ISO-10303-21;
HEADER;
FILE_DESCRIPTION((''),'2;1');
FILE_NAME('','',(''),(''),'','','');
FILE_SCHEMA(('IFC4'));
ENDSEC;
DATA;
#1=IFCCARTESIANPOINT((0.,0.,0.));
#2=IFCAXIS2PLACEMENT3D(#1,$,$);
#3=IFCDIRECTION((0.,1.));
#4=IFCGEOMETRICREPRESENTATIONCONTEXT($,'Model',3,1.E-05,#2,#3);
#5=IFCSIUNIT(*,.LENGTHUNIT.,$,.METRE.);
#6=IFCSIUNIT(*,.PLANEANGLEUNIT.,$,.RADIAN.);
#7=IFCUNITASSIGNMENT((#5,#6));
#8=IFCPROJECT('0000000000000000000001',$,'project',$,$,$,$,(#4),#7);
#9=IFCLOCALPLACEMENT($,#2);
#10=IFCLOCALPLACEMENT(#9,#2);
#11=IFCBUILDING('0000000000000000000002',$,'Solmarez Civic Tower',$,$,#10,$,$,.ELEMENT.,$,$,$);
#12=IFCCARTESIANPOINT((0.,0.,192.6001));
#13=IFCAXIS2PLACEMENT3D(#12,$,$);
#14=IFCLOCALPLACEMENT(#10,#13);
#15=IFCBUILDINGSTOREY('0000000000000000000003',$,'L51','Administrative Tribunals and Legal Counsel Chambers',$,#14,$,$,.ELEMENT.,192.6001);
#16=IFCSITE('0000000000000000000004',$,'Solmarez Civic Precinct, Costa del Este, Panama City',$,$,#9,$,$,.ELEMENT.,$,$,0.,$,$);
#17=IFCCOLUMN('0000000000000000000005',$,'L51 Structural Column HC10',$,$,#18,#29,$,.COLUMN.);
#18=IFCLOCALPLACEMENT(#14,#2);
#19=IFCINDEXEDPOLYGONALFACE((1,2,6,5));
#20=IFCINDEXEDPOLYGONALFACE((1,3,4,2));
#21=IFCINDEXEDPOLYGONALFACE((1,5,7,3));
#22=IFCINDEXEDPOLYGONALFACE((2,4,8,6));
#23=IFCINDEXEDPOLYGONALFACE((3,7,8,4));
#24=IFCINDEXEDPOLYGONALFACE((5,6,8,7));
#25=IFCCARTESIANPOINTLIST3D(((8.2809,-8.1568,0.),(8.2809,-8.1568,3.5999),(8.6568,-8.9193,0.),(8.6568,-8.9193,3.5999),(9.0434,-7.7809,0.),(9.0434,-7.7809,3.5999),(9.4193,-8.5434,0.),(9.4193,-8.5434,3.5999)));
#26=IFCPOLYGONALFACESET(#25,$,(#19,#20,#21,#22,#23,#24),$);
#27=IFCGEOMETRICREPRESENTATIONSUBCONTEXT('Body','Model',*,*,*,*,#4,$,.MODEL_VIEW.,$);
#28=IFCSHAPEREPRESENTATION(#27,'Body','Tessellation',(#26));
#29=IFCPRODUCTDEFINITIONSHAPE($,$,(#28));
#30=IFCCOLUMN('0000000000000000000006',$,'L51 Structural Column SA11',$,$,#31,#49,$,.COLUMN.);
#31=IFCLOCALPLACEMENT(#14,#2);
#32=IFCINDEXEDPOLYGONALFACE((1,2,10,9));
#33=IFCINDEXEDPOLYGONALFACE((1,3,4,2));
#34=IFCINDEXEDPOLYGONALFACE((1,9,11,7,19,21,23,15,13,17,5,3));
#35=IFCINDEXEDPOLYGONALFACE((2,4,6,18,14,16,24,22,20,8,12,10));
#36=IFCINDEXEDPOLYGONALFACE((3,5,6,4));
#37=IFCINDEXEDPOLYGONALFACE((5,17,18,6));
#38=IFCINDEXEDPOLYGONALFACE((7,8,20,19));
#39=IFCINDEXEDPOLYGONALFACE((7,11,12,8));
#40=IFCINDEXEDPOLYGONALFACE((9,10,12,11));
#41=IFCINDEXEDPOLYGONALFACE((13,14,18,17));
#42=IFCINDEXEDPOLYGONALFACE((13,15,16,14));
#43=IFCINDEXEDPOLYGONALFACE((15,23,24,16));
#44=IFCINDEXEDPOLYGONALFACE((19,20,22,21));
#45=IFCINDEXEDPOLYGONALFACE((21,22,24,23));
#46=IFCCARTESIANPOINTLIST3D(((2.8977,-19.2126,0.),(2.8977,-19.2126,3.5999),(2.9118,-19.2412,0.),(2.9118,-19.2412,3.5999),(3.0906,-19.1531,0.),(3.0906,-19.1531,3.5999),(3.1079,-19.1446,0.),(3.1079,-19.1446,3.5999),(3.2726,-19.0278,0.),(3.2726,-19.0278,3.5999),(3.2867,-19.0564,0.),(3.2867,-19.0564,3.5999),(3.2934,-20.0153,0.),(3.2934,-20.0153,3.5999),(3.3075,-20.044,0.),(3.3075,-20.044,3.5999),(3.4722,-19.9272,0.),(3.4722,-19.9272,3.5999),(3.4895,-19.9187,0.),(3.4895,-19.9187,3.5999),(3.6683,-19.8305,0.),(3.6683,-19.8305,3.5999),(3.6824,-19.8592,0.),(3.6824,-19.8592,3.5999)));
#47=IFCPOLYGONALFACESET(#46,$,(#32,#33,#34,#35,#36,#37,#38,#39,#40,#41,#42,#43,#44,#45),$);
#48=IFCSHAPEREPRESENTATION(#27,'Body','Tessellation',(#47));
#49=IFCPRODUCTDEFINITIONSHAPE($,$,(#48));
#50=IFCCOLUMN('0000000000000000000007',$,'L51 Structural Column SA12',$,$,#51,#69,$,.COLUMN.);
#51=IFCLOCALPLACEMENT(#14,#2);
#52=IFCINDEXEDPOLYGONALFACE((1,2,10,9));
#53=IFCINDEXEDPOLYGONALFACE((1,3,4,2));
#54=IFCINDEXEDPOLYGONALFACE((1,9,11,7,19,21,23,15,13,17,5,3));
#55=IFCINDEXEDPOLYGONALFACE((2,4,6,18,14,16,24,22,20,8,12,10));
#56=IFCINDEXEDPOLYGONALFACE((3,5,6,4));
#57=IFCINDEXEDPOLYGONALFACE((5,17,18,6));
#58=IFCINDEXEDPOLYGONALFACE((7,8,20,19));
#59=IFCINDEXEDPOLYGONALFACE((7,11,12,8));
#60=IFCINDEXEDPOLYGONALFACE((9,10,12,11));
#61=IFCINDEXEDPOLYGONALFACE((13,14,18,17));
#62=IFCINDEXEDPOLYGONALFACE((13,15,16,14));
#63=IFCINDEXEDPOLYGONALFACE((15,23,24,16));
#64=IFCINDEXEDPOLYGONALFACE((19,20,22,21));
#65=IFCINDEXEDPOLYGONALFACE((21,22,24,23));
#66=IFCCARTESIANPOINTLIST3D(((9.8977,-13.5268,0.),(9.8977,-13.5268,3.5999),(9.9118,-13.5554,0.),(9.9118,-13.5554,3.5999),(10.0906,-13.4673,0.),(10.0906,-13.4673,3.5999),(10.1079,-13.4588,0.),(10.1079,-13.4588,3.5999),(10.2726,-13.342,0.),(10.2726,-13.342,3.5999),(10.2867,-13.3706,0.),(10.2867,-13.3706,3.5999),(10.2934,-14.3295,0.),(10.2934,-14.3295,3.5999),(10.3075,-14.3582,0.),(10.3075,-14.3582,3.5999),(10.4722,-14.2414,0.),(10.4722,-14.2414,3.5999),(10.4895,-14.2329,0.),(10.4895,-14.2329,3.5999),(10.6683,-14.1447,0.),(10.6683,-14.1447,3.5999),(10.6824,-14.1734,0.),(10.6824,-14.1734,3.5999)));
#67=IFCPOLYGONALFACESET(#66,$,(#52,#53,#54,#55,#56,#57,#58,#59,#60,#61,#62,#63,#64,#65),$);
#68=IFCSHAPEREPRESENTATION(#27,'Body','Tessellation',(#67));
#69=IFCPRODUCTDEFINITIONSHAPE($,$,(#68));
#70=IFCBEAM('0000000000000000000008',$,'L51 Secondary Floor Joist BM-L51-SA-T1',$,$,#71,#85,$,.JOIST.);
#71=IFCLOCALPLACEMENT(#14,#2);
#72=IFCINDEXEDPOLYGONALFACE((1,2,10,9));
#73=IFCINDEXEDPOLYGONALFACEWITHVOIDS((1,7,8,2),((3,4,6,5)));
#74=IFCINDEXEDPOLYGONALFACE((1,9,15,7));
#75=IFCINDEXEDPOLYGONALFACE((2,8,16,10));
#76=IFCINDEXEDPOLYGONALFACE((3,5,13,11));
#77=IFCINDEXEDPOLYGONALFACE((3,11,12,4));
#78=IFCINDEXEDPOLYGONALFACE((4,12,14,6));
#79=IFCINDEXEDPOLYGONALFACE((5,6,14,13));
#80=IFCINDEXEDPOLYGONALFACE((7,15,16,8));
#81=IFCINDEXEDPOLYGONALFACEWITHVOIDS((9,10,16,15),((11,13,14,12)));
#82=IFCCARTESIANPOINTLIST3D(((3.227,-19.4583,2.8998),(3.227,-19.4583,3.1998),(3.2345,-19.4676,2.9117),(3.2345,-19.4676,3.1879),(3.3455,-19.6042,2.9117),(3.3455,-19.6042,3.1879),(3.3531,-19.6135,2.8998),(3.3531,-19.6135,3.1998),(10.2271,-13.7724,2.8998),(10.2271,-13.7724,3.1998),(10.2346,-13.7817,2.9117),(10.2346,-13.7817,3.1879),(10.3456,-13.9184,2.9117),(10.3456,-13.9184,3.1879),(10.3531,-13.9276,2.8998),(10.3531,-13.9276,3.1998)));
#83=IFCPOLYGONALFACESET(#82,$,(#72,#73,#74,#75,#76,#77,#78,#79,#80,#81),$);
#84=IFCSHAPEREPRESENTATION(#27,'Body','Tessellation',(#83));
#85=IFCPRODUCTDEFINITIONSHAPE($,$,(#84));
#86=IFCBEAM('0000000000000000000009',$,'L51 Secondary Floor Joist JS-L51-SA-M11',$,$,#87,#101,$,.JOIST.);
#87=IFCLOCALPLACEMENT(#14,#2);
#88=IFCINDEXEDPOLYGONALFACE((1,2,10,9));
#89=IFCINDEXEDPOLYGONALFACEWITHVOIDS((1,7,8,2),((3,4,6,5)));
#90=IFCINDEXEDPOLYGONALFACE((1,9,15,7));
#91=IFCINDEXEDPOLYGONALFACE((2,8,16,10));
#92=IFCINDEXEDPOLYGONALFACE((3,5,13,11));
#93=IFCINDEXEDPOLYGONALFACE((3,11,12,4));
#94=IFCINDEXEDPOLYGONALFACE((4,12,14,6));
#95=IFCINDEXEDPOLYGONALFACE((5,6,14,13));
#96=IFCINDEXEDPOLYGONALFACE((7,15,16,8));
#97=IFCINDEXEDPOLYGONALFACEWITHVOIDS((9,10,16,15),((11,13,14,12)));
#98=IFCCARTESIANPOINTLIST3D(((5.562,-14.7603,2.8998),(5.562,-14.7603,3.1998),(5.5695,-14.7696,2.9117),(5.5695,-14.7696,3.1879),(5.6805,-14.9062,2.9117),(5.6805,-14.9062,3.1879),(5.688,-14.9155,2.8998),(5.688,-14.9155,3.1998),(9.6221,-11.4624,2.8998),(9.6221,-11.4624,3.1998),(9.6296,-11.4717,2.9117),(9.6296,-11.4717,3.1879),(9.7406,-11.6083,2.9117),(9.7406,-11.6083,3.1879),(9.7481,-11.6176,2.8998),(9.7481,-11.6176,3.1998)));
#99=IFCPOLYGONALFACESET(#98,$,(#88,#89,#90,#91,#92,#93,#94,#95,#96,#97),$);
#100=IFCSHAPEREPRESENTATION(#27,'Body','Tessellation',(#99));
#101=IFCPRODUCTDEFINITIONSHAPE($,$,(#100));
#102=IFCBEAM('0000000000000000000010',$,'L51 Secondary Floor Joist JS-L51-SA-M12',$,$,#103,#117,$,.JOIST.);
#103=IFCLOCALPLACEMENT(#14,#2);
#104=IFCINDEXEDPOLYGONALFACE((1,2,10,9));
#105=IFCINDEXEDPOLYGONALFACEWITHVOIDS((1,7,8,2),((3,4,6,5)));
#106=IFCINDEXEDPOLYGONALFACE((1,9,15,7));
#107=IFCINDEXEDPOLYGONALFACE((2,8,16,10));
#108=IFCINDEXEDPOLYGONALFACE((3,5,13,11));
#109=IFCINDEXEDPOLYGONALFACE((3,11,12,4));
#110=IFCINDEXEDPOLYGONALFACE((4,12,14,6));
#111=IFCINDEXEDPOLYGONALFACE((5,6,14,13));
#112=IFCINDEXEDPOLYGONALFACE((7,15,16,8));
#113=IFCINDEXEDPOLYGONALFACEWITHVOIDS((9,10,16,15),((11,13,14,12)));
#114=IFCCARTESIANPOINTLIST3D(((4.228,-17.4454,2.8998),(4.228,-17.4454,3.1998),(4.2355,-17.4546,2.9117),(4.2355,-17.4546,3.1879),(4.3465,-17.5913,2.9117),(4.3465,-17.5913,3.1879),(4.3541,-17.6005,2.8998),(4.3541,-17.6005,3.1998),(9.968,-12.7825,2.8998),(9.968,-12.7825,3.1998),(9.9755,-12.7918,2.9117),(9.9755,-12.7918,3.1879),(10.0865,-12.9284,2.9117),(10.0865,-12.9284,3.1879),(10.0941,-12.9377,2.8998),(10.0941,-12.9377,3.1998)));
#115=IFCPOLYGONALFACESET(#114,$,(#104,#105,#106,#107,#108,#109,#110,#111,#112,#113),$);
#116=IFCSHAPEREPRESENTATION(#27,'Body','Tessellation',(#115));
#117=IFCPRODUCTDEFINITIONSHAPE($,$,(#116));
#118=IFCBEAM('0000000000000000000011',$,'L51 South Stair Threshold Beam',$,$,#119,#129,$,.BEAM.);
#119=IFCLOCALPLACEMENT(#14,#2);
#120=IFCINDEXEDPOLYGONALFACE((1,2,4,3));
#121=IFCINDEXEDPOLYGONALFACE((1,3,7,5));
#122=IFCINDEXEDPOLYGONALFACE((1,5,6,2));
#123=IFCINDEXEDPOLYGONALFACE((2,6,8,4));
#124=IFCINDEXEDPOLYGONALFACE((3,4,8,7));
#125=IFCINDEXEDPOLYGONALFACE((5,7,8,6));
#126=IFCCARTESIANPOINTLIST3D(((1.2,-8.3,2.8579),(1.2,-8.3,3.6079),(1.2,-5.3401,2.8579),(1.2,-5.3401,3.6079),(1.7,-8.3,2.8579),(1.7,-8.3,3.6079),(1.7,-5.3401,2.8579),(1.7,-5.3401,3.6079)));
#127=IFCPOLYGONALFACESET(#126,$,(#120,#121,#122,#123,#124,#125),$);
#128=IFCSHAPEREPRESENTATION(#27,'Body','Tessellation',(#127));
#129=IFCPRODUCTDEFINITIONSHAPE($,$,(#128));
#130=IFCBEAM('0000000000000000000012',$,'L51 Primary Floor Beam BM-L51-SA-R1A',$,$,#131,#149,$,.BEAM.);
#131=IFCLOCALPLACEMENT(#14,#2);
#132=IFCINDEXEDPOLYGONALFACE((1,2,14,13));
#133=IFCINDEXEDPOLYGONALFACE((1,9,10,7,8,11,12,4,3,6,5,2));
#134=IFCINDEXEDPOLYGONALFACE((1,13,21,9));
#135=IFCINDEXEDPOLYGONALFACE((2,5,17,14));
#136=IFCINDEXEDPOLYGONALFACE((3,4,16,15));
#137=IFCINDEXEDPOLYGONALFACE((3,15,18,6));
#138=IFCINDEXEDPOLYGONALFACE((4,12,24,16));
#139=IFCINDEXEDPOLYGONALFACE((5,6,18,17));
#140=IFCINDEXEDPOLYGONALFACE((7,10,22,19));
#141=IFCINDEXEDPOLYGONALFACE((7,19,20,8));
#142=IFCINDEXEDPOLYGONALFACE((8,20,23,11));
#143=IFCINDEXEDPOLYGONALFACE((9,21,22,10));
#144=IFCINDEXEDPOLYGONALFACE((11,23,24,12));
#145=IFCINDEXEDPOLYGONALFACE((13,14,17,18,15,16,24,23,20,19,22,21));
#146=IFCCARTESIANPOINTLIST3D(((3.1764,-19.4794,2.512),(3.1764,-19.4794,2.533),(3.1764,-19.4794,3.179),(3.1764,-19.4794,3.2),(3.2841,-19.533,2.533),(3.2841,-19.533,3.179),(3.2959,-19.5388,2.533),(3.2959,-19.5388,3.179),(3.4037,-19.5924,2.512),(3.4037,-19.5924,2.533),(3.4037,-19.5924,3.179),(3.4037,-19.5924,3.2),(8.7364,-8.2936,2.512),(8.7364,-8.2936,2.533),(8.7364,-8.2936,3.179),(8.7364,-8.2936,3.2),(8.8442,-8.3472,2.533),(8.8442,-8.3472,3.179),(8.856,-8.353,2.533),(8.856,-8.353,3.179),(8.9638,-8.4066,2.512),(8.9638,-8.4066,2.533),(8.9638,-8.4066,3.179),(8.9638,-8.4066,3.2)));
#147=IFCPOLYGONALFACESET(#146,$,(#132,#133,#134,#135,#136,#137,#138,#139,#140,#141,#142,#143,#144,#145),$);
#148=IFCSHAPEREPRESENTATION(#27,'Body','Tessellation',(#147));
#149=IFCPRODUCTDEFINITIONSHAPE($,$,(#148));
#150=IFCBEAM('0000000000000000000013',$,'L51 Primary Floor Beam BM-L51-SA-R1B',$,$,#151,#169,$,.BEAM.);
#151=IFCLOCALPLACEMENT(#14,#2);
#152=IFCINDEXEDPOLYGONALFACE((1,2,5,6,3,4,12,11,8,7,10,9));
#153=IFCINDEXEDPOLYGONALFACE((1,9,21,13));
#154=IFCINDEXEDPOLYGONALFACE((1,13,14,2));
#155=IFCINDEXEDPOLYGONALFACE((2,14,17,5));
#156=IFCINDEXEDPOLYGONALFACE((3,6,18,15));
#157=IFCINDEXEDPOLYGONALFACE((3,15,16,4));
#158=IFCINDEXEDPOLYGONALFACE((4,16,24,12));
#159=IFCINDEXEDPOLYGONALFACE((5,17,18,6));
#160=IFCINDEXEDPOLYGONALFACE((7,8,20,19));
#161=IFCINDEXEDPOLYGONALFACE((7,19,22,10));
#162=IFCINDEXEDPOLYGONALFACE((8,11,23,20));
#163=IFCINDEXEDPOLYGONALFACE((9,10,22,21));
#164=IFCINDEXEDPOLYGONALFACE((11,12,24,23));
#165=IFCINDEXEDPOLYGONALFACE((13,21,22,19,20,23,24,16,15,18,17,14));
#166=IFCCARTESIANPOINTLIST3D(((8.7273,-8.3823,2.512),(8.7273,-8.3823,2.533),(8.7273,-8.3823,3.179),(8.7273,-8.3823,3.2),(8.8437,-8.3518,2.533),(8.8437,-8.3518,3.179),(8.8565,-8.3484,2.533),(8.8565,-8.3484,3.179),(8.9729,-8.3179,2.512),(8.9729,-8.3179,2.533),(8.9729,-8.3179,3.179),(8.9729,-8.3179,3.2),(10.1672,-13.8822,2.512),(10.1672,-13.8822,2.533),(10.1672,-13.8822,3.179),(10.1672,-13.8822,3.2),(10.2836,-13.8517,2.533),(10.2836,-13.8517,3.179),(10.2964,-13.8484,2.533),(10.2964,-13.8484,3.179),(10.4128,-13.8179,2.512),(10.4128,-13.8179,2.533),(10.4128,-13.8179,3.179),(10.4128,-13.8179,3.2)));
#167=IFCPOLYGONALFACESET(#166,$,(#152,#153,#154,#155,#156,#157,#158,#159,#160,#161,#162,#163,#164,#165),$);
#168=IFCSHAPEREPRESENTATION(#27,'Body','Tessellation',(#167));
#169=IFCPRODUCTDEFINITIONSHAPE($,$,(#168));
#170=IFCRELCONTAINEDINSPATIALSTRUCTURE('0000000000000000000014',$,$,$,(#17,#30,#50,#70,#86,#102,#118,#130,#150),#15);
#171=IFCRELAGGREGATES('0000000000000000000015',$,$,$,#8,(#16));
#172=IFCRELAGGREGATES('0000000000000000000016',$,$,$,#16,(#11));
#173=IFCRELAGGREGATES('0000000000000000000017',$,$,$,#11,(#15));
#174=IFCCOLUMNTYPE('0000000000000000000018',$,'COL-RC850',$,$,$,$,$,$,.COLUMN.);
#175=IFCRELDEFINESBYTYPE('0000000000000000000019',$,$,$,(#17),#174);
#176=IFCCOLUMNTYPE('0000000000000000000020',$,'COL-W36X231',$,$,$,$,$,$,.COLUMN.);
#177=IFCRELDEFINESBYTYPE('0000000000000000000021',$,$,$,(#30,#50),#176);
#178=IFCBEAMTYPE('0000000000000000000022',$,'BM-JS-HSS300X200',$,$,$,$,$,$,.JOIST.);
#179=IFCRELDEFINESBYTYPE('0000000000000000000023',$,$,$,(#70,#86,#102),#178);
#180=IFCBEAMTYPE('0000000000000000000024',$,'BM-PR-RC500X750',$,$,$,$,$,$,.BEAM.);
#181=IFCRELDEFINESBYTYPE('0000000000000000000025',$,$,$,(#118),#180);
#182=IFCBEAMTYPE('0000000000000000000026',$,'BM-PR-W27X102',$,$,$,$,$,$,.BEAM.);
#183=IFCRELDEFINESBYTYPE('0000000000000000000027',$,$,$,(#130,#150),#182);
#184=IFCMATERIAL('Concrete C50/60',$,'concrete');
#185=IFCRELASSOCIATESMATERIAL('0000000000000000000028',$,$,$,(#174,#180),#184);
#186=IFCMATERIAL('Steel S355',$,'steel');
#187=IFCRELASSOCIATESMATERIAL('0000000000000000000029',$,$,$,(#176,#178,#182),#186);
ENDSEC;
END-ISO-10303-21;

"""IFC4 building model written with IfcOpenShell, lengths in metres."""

from ifc_helpers import new_model, si_unit, direction, frame, origin, origin_2d, place, context, subcontext, project, spatial, rectangle, hollow_rectangle, i_section, extrude, material, material_profile, profile_set, type_object, element, save


model = new_model("IFC4")

# Units and contexts
model_context = context("Model", 3, precision=1e-05, world=origin(), true_north=direction((0.0, 1.0)))
body_context = subcontext(model_context, "Body", "Model", "MODEL_VIEW")
ifc_project = project(units=[si_unit("LENGTHUNIT", "METRE"), si_unit("PLANEANGLEUNIT", "RADIAN")], contexts=[model_context])

# Site, building, storey
site_placement = place(None, origin())
site = spatial("IfcSite", under=ifc_project, at=site_placement, Name="Solmarez Civic Precinct, Costa del Este, Panama City", CompositionType="ELEMENT", RefElevation=0.0)
building_placement = place(site_placement, origin())
building = spatial("IfcBuilding", under=site, at=building_placement, Name="Solmarez Civic Tower", CompositionType="ELEMENT")
storey_placement = place(building_placement, frame((0.0, 0.0, 192.6001)))
storey = spatial("IfcBuildingStorey", under=building, at=storey_placement, Name="L51", Description="Administrative Tribunals and Legal Counsel Chambers", CompositionType="ELEMENT", Elevation=192.6001)

# Columns
ifc_material_1 = material(Name="Concrete C50/60", Category="concrete")
ifc_material_profile_1 = material_profile(ifc_material_1, rectangle(XDim=0.8501, YDim=0.8501, at=origin_2d()), Name="RC850X850")
ifc_profile_set_1 = profile_set([ifc_material_profile_1], Name="Concrete C50/60")
column_type_1 = type_object("IfcColumnType", Name="COL-RC850", PredefinedType="COLUMN", material=ifc_profile_set_1)
column_placement = place(storey_placement, frame((8.8501, -8.3501, 0.0), z_axis=(0.0, 0.0, 1.0), x_axis=(0.89695, 0.442132, 0.0)))
element("IfcColumn", 1, at=column_placement, inside=storey, type_object=column_type_1, Name="L51 Structural Column HC10", PredefinedType="COLUMN", context=body_context, shape_type="SweptSolid", body=[
    extrude(rectangle(XDim=0.8501, YDim=0.8501, at=origin_2d()), origin(), (0.0, 0.0, 1.0), 3.5999),
])
ifc_material_2 = material(Name="Steel S355", Category="steel")
ifc_material_profile_2 = material_profile(ifc_material_2, i_section(OverallWidth=0.418, OverallDepth=0.927, WebThickness=0.0193, FlangeThickness=0.032, at=origin_2d()), Name="W36X231")
ifc_profile_set_2 = profile_set([ifc_material_profile_2], Name="Steel S355")
column_type_2 = type_object("IfcColumnType", Name="COL-W36X231", PredefinedType="COLUMN", material=ifc_profile_set_2)
for number, where, z_axis, x_axis, name in (
    (2, (3.29, -19.5359, 0.0), (0.0, 0.0, 1.0), (0.89695, 0.442132, 0.0), "L51 Structural Column SA11"),
    (3, (10.29, -13.8501, 0.0), (0.0, 0.0, 1.0), (0.89695, 0.442132, 0.0), "L51 Structural Column SA12"),
):
    element("IfcColumn", number, at=place(storey_placement, frame(where, z_axis=z_axis, x_axis=x_axis)), inside=storey, type_object=column_type_2, Name=name, PredefinedType="COLUMN", context=body_context, shape_type="SweptSolid", body=[
        extrude(i_section(OverallWidth=0.418, OverallDepth=0.927, WebThickness=0.0193, FlangeThickness=0.032, at=origin_2d()), origin(), (0.0, 0.0, 1.0), 3.5999),
    ])

# Beams
ifc_material_profile_3 = material_profile(ifc_material_2, hollow_rectangle(XDim=0.2, YDim=0.3, WallThickness=0.012, at=origin_2d()), Name="HSS300X200X12")
ifc_profile_set_3 = profile_set([ifc_material_profile_3], Name="Steel S355")
beam_type_1 = type_object("IfcBeamType", Name="BM-JS-HSS300X200", PredefinedType="JOIST", material=ifc_profile_set_3)
beam_1_placement = place(storey_placement, frame((3.29, -19.5359, 3.0498), z_axis=(0.776207, 0.630478, 0.0), x_axis=(-0.630478, 0.776207, 0.0)))
element("IfcBeam", 4, at=beam_1_placement, inside=storey, type_object=beam_type_1, Name="L51 Secondary Floor Joist BM-L51-SA-T1", PredefinedType="JOIST", context=body_context, shape_type="SweptSolid", body=[
    extrude(hollow_rectangle(XDim=0.2, YDim=0.3, WallThickness=0.012, at=origin_2d()), origin(), (0.0, 0.0, 1.0), 9.0183),
])
beam_2_placement = place(storey_placement, frame((5.625, -14.8379, 3.0498), z_axis=(0.776203, 0.630484, 0.0), x_axis=(-0.630484, 0.776203, 0.0)))
element("IfcBeam", 5, at=beam_2_placement, inside=storey, type_object=beam_type_1, Name="L51 Secondary Floor Joist JS-L51-SA-M11", PredefinedType="JOIST", context=body_context, shape_type="SweptSolid", body=[
    extrude(hollow_rectangle(XDim=0.2, YDim=0.3, WallThickness=0.012, at=origin_2d()), origin(), (0.0, 0.0, 1.0), 5.2307),
])
beam_3_placement = place(storey_placement, frame((4.291, -17.5229, 3.0498), z_axis=(0.776174, 0.630519, 0.0), x_axis=(-0.630519, 0.776174, 0.0)))
element("IfcBeam", 6, at=beam_3_placement, inside=storey, type_object=beam_type_1, Name="L51 Secondary Floor Joist JS-L51-SA-M12", PredefinedType="JOIST", context=body_context, shape_type="SweptSolid", body=[
    extrude(hollow_rectangle(XDim=0.2, YDim=0.3, WallThickness=0.012, at=origin_2d()), origin(), (0.0, 0.0, 1.0), 7.3953),
])
ifc_material_profile_4 = material_profile(ifc_material_1, rectangle(XDim=0.5, YDim=0.75, at=origin_2d()), Name="RC500X750")
ifc_profile_set_4 = profile_set([ifc_material_profile_4], Name="Concrete C50/60")
beam_type_2 = type_object("IfcBeamType", Name="BM-PR-RC500X750", PredefinedType="BEAM", material=ifc_profile_set_4)
beam_4_placement = place(storey_placement, frame((1.45, -8.3, 3.2329), z_axis=(0.0, 1.0, 0.0), x_axis=(-1.0, 0.0, 0.0)))
element("IfcBeam", 7, at=beam_4_placement, inside=storey, type_object=beam_type_2, Name="L51 South Stair Threshold Beam", PredefinedType="BEAM", context=body_context, shape_type="SweptSolid", body=[
    extrude(rectangle(XDim=0.5, YDim=0.75, at=origin_2d()), origin(), (0.0, 0.0, 1.0), 2.96),
])
ifc_material_profile_5 = material_profile(ifc_material_2, i_section(OverallWidth=0.2539, OverallDepth=0.688, WebThickness=0.0132, FlangeThickness=0.021, at=origin_2d()), Name="W27X102")
ifc_profile_set_5 = profile_set([ifc_material_profile_5], Name="Steel S355")
beam_type_3 = type_object("IfcBeamType", Name="BM-PR-W27X102", PredefinedType="BEAM", material=ifc_profile_set_5)
beam_5_placement = place(storey_placement, frame((8.8501, -8.3501, 2.856), z_axis=(-0.445109, -0.895476, 0.0), x_axis=(0.895476, -0.445109, 0.0)))
element("IfcBeam", 8, at=beam_5_placement, inside=storey, type_object=beam_type_3, Name="L51 Primary Floor Beam BM-L51-SA-R1A", PredefinedType="BEAM", context=body_context, shape_type="SweptSolid", body=[
    extrude(i_section(OverallWidth=0.2539, OverallDepth=0.688, WebThickness=0.0132, FlangeThickness=0.021, at=origin_2d()), origin(), (0.0, 0.0, 1.0), 12.4915),
])
beam_6_placement = place(storey_placement, frame((8.8501, -8.3501, 2.856), z_axis=(0.253271, -0.967395, 0.0), x_axis=(0.967395, 0.253271, 0.0)))
element("IfcBeam", 9, at=beam_6_placement, inside=storey, type_object=beam_type_3, Name="L51 Primary Floor Beam BM-L51-SA-R1B", PredefinedType="BEAM", context=body_context, shape_type="SweptSolid", body=[
    extrude(i_section(OverallWidth=0.2539, OverallDepth=0.688, WebThickness=0.0132, FlangeThickness=0.021, at=origin_2d()), origin(), (0.0, 0.0, 1.0), 5.6853),
])

save(model, "model.ifc")
